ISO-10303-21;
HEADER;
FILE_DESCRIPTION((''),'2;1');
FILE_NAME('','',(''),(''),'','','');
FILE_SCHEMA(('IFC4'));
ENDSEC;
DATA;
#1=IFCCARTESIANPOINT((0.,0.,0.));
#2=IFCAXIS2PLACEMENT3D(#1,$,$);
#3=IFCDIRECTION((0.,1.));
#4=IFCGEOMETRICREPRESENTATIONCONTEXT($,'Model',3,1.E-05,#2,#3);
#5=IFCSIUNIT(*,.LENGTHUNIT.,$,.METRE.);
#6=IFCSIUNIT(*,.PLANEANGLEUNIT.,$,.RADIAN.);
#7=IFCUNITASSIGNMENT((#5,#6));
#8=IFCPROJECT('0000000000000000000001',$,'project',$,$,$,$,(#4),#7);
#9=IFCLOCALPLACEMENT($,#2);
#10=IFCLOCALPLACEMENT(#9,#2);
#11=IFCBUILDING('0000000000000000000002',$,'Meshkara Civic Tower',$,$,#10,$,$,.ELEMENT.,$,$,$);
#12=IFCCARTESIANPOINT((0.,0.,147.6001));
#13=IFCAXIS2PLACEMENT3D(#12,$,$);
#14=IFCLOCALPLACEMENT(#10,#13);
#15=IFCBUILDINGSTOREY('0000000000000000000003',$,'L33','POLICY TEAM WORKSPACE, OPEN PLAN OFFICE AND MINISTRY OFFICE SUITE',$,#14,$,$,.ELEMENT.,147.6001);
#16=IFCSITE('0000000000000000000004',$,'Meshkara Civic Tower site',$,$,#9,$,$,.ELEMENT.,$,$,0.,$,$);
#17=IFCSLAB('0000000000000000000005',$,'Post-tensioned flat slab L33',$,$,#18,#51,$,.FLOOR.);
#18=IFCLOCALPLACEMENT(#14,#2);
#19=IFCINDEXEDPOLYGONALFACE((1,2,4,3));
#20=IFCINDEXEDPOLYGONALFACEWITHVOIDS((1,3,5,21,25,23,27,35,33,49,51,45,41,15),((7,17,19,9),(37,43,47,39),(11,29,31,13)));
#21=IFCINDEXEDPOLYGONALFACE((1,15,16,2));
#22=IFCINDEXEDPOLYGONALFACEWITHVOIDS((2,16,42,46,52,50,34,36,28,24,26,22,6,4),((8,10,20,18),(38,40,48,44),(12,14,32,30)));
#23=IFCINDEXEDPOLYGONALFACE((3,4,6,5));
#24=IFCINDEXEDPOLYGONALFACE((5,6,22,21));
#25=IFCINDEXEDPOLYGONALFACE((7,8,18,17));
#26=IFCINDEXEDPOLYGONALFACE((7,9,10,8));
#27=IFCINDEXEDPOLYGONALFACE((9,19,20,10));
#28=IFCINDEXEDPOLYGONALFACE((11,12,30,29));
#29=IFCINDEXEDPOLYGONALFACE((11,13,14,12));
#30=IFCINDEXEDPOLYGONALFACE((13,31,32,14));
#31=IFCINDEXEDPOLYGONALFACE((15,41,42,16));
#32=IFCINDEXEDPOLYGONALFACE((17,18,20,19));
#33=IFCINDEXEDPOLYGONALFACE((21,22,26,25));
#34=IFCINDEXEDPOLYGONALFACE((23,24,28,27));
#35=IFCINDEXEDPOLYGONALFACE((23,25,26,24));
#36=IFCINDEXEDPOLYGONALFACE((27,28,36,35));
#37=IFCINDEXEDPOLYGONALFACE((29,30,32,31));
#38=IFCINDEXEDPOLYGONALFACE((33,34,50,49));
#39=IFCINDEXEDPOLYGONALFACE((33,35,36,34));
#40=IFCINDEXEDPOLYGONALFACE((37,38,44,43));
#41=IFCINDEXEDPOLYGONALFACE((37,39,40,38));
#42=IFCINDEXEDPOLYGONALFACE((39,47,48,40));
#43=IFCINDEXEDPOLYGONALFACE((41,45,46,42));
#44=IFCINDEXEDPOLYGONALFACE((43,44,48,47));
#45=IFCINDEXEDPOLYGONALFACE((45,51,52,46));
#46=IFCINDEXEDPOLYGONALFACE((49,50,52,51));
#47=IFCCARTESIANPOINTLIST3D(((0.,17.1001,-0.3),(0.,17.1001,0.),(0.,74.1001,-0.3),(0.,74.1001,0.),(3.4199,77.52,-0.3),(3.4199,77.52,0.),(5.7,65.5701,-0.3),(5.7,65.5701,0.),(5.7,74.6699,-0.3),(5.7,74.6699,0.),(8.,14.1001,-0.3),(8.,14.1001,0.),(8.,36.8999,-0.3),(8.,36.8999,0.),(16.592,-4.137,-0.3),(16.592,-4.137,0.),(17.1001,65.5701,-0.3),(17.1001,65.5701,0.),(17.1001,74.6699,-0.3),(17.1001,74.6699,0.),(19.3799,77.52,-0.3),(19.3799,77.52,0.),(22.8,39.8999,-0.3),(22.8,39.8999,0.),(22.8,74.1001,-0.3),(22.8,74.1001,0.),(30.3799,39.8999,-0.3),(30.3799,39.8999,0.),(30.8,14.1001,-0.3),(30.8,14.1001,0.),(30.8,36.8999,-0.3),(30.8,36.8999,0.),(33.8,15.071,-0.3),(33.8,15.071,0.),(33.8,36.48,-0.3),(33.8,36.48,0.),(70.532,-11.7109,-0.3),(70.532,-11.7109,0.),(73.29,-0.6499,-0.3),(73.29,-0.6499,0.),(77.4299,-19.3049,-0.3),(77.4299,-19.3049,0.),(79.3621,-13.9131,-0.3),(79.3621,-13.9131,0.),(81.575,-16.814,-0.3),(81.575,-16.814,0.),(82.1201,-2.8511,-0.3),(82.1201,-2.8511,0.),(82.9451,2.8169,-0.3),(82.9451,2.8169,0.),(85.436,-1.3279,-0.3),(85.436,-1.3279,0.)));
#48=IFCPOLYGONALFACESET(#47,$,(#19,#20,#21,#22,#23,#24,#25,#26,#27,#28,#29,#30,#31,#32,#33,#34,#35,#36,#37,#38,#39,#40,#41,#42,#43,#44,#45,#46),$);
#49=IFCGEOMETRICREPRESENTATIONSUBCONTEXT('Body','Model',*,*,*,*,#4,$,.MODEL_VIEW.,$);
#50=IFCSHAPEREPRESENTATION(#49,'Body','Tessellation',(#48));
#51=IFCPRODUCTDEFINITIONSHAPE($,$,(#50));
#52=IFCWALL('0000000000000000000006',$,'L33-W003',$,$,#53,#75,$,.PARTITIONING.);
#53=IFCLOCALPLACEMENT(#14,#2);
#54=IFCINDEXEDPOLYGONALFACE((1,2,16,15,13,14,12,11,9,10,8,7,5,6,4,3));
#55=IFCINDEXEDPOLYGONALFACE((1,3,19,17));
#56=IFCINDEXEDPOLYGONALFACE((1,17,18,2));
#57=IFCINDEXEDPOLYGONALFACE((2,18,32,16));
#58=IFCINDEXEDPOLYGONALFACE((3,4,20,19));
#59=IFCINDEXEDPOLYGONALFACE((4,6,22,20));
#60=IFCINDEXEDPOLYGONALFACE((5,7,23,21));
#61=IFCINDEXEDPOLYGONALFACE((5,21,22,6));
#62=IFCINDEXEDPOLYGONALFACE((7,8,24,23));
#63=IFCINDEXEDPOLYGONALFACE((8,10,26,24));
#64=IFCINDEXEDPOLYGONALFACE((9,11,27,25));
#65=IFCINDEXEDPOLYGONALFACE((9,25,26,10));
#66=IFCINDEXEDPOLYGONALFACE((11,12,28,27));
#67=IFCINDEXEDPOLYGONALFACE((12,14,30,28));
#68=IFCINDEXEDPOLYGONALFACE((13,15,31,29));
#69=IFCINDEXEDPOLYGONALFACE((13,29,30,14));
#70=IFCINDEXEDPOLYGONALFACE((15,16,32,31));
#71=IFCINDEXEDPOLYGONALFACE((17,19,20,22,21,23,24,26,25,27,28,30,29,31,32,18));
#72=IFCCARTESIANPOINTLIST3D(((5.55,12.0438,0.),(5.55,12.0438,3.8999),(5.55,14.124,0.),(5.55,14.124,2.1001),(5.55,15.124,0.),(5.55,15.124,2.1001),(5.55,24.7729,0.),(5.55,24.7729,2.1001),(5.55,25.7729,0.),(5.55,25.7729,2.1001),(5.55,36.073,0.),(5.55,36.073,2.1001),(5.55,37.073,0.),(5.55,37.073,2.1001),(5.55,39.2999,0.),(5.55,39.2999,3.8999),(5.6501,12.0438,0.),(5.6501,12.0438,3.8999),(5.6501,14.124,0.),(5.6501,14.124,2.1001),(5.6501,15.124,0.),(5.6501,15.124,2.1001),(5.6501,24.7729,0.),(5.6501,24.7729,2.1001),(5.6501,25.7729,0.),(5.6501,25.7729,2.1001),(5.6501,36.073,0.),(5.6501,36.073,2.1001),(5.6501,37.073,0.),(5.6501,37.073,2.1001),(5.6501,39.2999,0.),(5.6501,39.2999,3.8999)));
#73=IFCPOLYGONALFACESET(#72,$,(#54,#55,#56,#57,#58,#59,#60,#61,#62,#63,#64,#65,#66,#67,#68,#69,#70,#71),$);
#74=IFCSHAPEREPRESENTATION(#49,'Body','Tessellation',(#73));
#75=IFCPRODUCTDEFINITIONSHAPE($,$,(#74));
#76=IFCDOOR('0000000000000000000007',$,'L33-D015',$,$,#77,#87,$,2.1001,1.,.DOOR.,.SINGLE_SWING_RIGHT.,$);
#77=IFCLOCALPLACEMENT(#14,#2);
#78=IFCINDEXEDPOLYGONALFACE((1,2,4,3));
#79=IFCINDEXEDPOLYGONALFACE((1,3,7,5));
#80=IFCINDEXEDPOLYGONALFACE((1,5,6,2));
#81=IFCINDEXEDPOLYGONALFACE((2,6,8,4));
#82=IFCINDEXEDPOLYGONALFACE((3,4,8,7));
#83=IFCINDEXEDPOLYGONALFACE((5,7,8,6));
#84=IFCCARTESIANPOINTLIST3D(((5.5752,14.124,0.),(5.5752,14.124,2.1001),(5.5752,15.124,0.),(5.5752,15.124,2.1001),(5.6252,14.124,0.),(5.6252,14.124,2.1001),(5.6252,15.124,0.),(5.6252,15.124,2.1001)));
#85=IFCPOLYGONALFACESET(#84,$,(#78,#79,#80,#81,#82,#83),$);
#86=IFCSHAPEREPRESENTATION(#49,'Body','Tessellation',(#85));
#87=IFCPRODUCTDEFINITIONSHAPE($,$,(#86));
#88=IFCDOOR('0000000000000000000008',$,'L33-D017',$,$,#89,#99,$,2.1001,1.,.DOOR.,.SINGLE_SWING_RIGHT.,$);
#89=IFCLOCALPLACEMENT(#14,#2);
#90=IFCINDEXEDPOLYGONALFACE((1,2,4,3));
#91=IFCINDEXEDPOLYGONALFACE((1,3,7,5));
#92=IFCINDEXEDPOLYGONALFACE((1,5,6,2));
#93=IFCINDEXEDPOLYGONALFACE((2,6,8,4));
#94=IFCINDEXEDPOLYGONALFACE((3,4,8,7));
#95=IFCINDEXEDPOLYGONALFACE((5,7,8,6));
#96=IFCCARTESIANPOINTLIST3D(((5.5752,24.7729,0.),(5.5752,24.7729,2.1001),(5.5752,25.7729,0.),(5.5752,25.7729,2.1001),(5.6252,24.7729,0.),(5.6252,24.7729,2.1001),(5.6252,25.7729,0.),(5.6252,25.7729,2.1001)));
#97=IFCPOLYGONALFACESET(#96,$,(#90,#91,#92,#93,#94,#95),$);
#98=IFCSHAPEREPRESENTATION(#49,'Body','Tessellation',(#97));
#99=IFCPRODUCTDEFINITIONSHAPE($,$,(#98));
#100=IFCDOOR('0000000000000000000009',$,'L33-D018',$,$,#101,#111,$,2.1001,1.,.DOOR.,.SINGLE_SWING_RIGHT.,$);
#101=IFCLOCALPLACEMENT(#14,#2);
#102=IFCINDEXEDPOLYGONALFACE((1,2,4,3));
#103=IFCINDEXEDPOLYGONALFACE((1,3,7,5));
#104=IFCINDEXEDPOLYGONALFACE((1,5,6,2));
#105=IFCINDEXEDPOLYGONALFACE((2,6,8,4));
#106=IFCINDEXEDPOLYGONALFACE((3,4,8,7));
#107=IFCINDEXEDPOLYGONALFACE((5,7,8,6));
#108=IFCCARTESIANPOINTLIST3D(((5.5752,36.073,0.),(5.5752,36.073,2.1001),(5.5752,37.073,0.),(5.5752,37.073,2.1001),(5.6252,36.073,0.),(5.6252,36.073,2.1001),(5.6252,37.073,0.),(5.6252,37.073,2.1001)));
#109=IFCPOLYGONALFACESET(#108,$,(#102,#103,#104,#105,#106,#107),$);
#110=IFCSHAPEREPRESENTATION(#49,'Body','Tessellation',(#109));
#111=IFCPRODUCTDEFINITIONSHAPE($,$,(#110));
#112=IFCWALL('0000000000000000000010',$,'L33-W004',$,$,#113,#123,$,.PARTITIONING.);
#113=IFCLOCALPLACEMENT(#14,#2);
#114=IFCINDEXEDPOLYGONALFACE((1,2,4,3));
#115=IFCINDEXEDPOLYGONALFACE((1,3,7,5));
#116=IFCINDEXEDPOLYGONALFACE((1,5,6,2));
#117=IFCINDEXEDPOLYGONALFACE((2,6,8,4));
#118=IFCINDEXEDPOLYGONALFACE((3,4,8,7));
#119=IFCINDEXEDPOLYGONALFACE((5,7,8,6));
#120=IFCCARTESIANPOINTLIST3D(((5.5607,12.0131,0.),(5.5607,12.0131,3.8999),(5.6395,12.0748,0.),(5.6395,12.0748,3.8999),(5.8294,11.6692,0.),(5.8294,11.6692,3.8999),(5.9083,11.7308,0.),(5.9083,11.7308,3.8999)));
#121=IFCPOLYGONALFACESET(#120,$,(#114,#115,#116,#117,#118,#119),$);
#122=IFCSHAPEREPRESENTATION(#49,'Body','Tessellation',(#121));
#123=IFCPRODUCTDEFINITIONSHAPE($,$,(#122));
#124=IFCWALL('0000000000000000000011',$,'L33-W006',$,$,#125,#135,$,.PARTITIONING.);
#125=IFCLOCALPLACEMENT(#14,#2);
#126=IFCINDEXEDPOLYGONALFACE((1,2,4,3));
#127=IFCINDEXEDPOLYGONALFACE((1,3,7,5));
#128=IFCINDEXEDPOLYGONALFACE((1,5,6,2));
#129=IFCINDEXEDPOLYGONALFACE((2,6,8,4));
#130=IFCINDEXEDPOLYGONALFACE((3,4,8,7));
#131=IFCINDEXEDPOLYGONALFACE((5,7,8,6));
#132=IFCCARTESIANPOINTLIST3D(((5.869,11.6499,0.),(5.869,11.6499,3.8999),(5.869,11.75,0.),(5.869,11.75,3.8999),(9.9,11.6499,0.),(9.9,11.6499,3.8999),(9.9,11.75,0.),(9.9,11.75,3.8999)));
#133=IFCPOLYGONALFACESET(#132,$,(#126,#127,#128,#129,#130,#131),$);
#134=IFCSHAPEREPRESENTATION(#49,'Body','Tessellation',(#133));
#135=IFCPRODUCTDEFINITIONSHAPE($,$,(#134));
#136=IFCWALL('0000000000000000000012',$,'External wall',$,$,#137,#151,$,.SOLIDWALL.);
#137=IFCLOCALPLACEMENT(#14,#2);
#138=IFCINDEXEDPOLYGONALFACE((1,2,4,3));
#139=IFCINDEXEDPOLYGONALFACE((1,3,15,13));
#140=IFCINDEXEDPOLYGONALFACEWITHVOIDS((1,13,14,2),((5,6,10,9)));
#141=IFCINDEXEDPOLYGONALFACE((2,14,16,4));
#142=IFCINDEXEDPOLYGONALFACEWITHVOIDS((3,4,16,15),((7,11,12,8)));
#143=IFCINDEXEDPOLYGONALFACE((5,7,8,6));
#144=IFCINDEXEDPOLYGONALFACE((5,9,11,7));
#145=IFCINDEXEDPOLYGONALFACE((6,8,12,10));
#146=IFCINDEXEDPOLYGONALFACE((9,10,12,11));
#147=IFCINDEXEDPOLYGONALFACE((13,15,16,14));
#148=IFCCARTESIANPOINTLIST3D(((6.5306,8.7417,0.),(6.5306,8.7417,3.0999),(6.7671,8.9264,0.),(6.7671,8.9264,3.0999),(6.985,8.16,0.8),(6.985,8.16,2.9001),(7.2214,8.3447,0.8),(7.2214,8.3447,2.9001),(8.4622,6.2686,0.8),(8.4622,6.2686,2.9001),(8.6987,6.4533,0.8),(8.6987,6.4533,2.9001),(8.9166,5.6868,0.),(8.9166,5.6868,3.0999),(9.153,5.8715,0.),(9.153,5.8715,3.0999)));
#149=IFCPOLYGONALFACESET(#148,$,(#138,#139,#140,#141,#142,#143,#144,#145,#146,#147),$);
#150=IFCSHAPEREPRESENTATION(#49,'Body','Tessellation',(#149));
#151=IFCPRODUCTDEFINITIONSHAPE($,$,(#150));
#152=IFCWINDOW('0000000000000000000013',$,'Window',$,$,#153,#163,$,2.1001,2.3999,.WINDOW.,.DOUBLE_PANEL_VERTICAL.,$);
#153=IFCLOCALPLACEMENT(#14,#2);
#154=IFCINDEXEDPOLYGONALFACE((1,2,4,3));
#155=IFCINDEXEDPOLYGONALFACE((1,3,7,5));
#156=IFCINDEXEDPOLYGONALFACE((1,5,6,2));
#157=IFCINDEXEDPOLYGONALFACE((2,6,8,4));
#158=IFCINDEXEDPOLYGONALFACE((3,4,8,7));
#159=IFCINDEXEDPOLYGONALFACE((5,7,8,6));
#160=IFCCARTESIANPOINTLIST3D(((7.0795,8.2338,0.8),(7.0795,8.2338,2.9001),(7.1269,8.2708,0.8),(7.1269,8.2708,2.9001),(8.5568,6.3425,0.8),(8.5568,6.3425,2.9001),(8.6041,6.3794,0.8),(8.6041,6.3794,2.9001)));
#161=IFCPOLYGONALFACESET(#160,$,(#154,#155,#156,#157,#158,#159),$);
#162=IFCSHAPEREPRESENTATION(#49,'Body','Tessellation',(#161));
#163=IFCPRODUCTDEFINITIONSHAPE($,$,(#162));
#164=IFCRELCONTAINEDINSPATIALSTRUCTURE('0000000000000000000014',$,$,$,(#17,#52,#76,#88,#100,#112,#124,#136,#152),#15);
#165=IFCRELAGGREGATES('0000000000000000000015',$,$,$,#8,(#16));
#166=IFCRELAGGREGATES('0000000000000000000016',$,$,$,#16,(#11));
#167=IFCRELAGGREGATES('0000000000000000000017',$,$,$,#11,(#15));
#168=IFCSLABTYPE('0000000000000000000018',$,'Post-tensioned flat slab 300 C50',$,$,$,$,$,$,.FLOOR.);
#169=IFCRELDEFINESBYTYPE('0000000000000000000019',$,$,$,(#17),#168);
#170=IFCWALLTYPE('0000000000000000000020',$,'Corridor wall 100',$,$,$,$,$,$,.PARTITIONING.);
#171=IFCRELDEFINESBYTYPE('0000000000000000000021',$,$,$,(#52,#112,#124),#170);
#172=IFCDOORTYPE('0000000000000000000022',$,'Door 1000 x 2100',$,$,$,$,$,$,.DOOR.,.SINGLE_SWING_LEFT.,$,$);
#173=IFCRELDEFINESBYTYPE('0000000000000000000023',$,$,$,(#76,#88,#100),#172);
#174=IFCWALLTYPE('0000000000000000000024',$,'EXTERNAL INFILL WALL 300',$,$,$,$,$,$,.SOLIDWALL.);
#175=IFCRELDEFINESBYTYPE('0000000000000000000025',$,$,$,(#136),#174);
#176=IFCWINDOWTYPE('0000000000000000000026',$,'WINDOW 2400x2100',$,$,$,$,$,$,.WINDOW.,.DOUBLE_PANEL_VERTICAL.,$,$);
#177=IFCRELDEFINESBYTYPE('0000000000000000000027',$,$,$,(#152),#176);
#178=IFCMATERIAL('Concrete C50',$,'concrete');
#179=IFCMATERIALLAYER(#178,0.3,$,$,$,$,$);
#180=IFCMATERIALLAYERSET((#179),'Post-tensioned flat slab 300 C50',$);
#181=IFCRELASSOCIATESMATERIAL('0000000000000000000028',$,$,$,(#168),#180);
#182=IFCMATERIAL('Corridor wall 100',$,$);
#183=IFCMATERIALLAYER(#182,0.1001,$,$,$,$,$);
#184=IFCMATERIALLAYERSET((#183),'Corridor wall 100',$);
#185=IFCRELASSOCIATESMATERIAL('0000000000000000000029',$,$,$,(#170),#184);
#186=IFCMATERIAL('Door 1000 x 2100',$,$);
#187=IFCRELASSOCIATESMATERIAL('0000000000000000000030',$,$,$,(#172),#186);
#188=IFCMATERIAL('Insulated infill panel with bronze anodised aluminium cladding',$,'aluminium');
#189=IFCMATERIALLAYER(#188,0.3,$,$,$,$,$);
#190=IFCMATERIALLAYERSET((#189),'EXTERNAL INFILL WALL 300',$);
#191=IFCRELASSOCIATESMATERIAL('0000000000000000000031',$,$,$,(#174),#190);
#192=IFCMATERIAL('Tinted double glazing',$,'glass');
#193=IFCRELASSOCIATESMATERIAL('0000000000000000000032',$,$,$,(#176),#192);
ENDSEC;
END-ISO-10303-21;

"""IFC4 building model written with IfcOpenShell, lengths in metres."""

from ifc_helpers import new_model, si_unit, direction, frame, frame_2d, origin, place, context, subcontext, project, spatial, polyline, rectangle, outline, extrude, material, layer, layer_set, type_object, element, fill, save


model = new_model("IFC4")

# Units and contexts
model_context = context("Model", 3, precision=1e-05, world=origin(), true_north=direction((0.0, 1.0)))
body_context = subcontext(model_context, "Body", "Model", "MODEL_VIEW")
ifc_project = project(units=[si_unit("LENGTHUNIT", "METRE"), si_unit("PLANEANGLEUNIT", "RADIAN")], contexts=[model_context])

# Site, building, storey
site_placement = place(None, origin())
site = spatial("IfcSite", under=ifc_project, at=site_placement, Name="Meshkara Civic Tower site", CompositionType="ELEMENT", RefElevation=0.0)
building_placement = place(site_placement, origin())
building = spatial("IfcBuilding", under=site, at=building_placement, Name="Meshkara Civic Tower", CompositionType="ELEMENT")
storey_placement = place(building_placement, frame((0.0, 0.0, 147.6001)))
storey = spatial("IfcBuildingStorey", under=building, at=storey_placement, Name="L33", Description="POLICY TEAM WORKSPACE, OPEN PLAN OFFICE AND MINISTRY OFFICE SUITE", CompositionType="ELEMENT", Elevation=147.6001)

# Slab
ifc_material_1 = material(Name="Concrete C50", Category="concrete")
ifc_layer_1 = layer(ifc_material_1, 0.3)
ifc_layer_set_1 = layer_set([ifc_layer_1], Name="Post-tensioned flat slab 300 C50")
slab_type_1 = type_object("IfcSlabType", Name="Post-tensioned flat slab 300 C50", PredefinedType="FLOOR", material=ifc_layer_set_1)
slab_1_placement = place(storey_placement, frame((0.0, 0.0, -0.3)))
element("IfcSlab", 1, at=slab_1_placement, inside=storey, type_object=slab_type_1, Name="Post-tensioned flat slab L33", PredefinedType="FLOOR", context=body_context, shape_type="SweptSolid", body=[
    extrude(outline(polyline([(81.575, -16.814), (77.4299, -19.3049), (16.592, -4.137), (0.0, 17.1001), (0.0, 74.1001), (3.4199, 77.52), (19.3799, 77.52), (22.8, 74.1001), (22.8, 39.8999), (30.3799, 39.8999), (33.8, 36.48), (33.8, 15.071), (82.9451, 2.8169), (85.436, -1.3279), (81.575, -16.814)]), holes=[polyline([(79.3621, -13.9131), (82.1201, -2.8511), (73.29, -0.6499), (70.532, -11.7109), (79.3621, -13.9131)]), polyline([(8.0, 14.1001), (30.8, 14.1001), (30.8, 36.8999), (8.0, 36.8999), (8.0, 14.1001)]), polyline([(5.7, 74.6699), (5.7, 65.5701), (17.1001, 65.5701), (17.1001, 74.6699), (5.7, 74.6699)])]), origin(), (0.0, 0.0, 1.0), 0.3),
])

# Wall, openings, doors
ifc_material_2 = material(Name="Corridor wall 100")
ifc_layer_2 = layer(ifc_material_2, 0.1001)
ifc_layer_set_2 = layer_set([ifc_layer_2], Name="Corridor wall 100")
wall_type_1 = type_object("IfcWallType", Name="Corridor wall 100", PredefinedType="PARTITIONING", material=ifc_layer_set_2)
wall_1_placement = place(storey_placement, frame((5.6001, 12.0439, 0.0), z_axis=(0.0, 0.0, 1.0), x_axis=(0.0, 1.0, 0.0)))
wall_1 = element("IfcWall", 2, at=wall_1_placement, inside=storey, type_object=wall_type_1, Name="L33-W003", PredefinedType="PARTITIONING", context=body_context, shape_type="SweptSolid", body=[
    extrude(rectangle(XDim=27.2561, YDim=0.1001, at=frame_2d((13.6279, 0.0))), origin(), (0.0, 0.0, 1.0), 3.8999),
])
opening_1_placement = place(wall_1_placement, frame((2.0801, 0.0, 0.0)))
opening_1 = element("IfcOpeningElement", 3, at=opening_1_placement, cuts=wall_1, PredefinedType="OPENING", context=body_context, shape_type="SweptSolid", body=[
    extrude(rectangle(XDim=1.0, YDim=2.1001, at=frame_2d((0.5, 1.05))), frame((0.0, 0.0601, 0.0), z_axis=(0.0, -1.0, 0.0), x_axis=(1.0, 0.0, 0.0)), (0.0, 0.0, 1.0), 0.1201),
])
opening_2_placement = place(wall_1_placement, frame((12.729, 0.0, 0.0)))
opening_2 = element("IfcOpeningElement", 4, at=opening_2_placement, cuts=wall_1, PredefinedType="OPENING", context=body_context, shape_type="SweptSolid", body=[
    extrude(rectangle(XDim=1.0, YDim=2.1001, at=frame_2d((0.5, 1.05))), frame((0.0, 0.0601, 0.0), z_axis=(0.0, -1.0, 0.0), x_axis=(1.0, 0.0, 0.0)), (0.0, 0.0, 1.0), 0.1201),
])
opening_3_placement = place(wall_1_placement, frame((24.0291, 0.0, 0.0)))
opening_3 = element("IfcOpeningElement", 5, at=opening_3_placement, cuts=wall_1, PredefinedType="OPENING", context=body_context, shape_type="SweptSolid", body=[
    extrude(rectangle(XDim=1.0, YDim=2.1001, at=frame_2d((0.5, 1.05))), frame((0.0, 0.0601, 0.0), z_axis=(0.0, -1.0, 0.0), x_axis=(1.0, 0.0, 0.0)), (0.0, 0.0, 1.0), 0.1201),
])
ifc_material_3 = material(Name="Door 1000 x 2100")
door_type = type_object("IfcDoorType", Name="Door 1000 x 2100", OperationType="SINGLE_SWING_LEFT", PredefinedType="DOOR", material=ifc_material_3)
door_1_placement = place(opening_1_placement, origin())
door_1 = element("IfcDoor", 6, at=door_1_placement, inside=storey, type_object=door_type, Name="L33-D015", OperationType="SINGLE_SWING_RIGHT", OverallHeight=2.1001, OverallWidth=1.0, PredefinedType="DOOR", context=body_context, shape_type="SweptSolid", body=[
    extrude(rectangle(XDim=1.0, YDim=2.1001, at=frame_2d((0.5, 1.05))), frame((0.0, 0.0249, 0.0), z_axis=(0.0, -1.0, 0.0), x_axis=(1.0, 0.0, 0.0)), (0.0, 0.0, 1.0), 0.05),
])
fill(opening_1, door_1)
door_2_placement = place(opening_2_placement, origin())
door_2 = element("IfcDoor", 7, at=door_2_placement, inside=storey, type_object=door_type, Name="L33-D017", OperationType="SINGLE_SWING_RIGHT", OverallHeight=2.1001, OverallWidth=1.0, PredefinedType="DOOR", context=body_context, shape_type="SweptSolid", body=[
    extrude(rectangle(XDim=1.0, YDim=2.1001, at=frame_2d((0.5, 1.05))), frame((0.0, 0.0249, 0.0), z_axis=(0.0, -1.0, 0.0), x_axis=(1.0, 0.0, 0.0)), (0.0, 0.0, 1.0), 0.05),
])
fill(opening_2, door_2)
door_3_placement = place(opening_3_placement, origin())
door_3 = element("IfcDoor", 8, at=door_3_placement, inside=storey, type_object=door_type, Name="L33-D018", OperationType="SINGLE_SWING_RIGHT", OverallHeight=2.1001, OverallWidth=1.0, PredefinedType="DOOR", context=body_context, shape_type="SweptSolid", body=[
    extrude(rectangle(XDim=1.0, YDim=2.1001, at=frame_2d((0.5, 1.05))), frame((0.0, 0.0249, 0.0), z_axis=(0.0, -1.0, 0.0), x_axis=(1.0, 0.0, 0.0)), (0.0, 0.0, 1.0), 0.05),
])
fill(opening_3, door_3)

# Walls
wall_2_placement = place(storey_placement, frame((5.6001, 12.0439, 0.0), z_axis=(0.0, 0.0, 1.0), x_axis=(0.61572, -0.787965, 0.0)))
element("IfcWall", 9, at=wall_2_placement, inside=storey, type_object=wall_type_1, Name="L33-W004", PredefinedType="PARTITIONING", context=body_context, shape_type="SweptSolid", body=[
    extrude(rectangle(XDim=0.4365, YDim=0.1001, at=frame_2d((0.2183, 0.0))), origin(), (0.0, 0.0, 1.0), 3.8999),
])
wall_3_placement = place(storey_placement, frame((5.8689, 11.7, 0.0), z_axis=(0.0, 0.0, 1.0), x_axis=(1.0, 0.0, 0.0)))
element("IfcWall", 10, at=wall_3_placement, inside=storey, type_object=wall_type_1, Name="L33-W006", PredefinedType="PARTITIONING", context=body_context, shape_type="SweptSolid", body=[
    extrude(rectangle(XDim=4.031, YDim=0.1001, at=frame_2d((2.0156, 0.0))), origin(), (0.0, 0.0, 1.0), 3.8999),
])

# Wall, opening, window
ifc_material_4 = material(Name="Insulated infill panel with bronze anodised aluminium cladding", Category="aluminium")
ifc_layer_3 = layer(ifc_material_4, 0.3)
ifc_layer_set_3 = layer_set([ifc_layer_3], Name="EXTERNAL INFILL WALL 300")
wall_type_2 = type_object("IfcWallType", Name="EXTERNAL INFILL WALL 300", PredefinedType="SOLIDWALL", material=ifc_layer_set_3)
wall_4_placement = place(storey_placement, frame((6.6489, 8.834, 0.0), z_axis=(0.0, 0.0, 1.0), x_axis=(0.615535, -0.788109, 0.0)))
wall_4 = element("IfcWall", 11, at=wall_4_placement, inside=storey, type_object=wall_type_2, Name="External wall", PredefinedType="SOLIDWALL", context=body_context, shape_type="SweptSolid", body=[
    extrude(rectangle(XDim=3.8762, YDim=0.3, at=frame_2d((1.938, 0.0))), origin(), (0.0, 0.0, 1.0), 3.0999),
])
opening_4_placement = place(wall_4_placement, frame((0.738, 0.0, 0.8)))
opening_4 = element("IfcOpeningElement", 12, at=opening_4_placement, cuts=wall_4, PredefinedType="OPENING", context=body_context, shape_type="SweptSolid", body=[
    extrude(rectangle(XDim=2.3999, YDim=2.1001, at=frame_2d((1.2, 1.05))), frame((0.0, 0.1599, 0.0), z_axis=(0.0, -1.0, 0.0), x_axis=(1.0, 0.0, 0.0)), (0.0, 0.0, 1.0), 0.3201),
])
ifc_material_5 = material(Name="Tinted double glazing", Category="glass")
window_type = type_object("IfcWindowType", Name="WINDOW 2400x2100", PartitioningType="DOUBLE_PANEL_VERTICAL", PredefinedType="WINDOW", material=ifc_material_5)
window_placement = place(opening_4_placement, origin())
window = element("IfcWindow", 13, at=window_placement, inside=storey, type_object=window_type, Name="Window", OverallHeight=2.1001, OverallWidth=2.3999, PartitioningType="DOUBLE_PANEL_VERTICAL", PredefinedType="WINDOW", context=body_context, shape_type="SweptSolid", body=[
    extrude(rectangle(XDim=2.3999, YDim=2.1001, at=frame_2d((1.2, 1.05))), frame((0.0, 0.03, 0.0), z_axis=(0.0, -1.0, 0.0), x_axis=(1.0, 0.0, 0.0)), (0.0, 0.0, 1.0), 0.0601),
])
fill(opening_4, window)

save(model, "model.ifc")
